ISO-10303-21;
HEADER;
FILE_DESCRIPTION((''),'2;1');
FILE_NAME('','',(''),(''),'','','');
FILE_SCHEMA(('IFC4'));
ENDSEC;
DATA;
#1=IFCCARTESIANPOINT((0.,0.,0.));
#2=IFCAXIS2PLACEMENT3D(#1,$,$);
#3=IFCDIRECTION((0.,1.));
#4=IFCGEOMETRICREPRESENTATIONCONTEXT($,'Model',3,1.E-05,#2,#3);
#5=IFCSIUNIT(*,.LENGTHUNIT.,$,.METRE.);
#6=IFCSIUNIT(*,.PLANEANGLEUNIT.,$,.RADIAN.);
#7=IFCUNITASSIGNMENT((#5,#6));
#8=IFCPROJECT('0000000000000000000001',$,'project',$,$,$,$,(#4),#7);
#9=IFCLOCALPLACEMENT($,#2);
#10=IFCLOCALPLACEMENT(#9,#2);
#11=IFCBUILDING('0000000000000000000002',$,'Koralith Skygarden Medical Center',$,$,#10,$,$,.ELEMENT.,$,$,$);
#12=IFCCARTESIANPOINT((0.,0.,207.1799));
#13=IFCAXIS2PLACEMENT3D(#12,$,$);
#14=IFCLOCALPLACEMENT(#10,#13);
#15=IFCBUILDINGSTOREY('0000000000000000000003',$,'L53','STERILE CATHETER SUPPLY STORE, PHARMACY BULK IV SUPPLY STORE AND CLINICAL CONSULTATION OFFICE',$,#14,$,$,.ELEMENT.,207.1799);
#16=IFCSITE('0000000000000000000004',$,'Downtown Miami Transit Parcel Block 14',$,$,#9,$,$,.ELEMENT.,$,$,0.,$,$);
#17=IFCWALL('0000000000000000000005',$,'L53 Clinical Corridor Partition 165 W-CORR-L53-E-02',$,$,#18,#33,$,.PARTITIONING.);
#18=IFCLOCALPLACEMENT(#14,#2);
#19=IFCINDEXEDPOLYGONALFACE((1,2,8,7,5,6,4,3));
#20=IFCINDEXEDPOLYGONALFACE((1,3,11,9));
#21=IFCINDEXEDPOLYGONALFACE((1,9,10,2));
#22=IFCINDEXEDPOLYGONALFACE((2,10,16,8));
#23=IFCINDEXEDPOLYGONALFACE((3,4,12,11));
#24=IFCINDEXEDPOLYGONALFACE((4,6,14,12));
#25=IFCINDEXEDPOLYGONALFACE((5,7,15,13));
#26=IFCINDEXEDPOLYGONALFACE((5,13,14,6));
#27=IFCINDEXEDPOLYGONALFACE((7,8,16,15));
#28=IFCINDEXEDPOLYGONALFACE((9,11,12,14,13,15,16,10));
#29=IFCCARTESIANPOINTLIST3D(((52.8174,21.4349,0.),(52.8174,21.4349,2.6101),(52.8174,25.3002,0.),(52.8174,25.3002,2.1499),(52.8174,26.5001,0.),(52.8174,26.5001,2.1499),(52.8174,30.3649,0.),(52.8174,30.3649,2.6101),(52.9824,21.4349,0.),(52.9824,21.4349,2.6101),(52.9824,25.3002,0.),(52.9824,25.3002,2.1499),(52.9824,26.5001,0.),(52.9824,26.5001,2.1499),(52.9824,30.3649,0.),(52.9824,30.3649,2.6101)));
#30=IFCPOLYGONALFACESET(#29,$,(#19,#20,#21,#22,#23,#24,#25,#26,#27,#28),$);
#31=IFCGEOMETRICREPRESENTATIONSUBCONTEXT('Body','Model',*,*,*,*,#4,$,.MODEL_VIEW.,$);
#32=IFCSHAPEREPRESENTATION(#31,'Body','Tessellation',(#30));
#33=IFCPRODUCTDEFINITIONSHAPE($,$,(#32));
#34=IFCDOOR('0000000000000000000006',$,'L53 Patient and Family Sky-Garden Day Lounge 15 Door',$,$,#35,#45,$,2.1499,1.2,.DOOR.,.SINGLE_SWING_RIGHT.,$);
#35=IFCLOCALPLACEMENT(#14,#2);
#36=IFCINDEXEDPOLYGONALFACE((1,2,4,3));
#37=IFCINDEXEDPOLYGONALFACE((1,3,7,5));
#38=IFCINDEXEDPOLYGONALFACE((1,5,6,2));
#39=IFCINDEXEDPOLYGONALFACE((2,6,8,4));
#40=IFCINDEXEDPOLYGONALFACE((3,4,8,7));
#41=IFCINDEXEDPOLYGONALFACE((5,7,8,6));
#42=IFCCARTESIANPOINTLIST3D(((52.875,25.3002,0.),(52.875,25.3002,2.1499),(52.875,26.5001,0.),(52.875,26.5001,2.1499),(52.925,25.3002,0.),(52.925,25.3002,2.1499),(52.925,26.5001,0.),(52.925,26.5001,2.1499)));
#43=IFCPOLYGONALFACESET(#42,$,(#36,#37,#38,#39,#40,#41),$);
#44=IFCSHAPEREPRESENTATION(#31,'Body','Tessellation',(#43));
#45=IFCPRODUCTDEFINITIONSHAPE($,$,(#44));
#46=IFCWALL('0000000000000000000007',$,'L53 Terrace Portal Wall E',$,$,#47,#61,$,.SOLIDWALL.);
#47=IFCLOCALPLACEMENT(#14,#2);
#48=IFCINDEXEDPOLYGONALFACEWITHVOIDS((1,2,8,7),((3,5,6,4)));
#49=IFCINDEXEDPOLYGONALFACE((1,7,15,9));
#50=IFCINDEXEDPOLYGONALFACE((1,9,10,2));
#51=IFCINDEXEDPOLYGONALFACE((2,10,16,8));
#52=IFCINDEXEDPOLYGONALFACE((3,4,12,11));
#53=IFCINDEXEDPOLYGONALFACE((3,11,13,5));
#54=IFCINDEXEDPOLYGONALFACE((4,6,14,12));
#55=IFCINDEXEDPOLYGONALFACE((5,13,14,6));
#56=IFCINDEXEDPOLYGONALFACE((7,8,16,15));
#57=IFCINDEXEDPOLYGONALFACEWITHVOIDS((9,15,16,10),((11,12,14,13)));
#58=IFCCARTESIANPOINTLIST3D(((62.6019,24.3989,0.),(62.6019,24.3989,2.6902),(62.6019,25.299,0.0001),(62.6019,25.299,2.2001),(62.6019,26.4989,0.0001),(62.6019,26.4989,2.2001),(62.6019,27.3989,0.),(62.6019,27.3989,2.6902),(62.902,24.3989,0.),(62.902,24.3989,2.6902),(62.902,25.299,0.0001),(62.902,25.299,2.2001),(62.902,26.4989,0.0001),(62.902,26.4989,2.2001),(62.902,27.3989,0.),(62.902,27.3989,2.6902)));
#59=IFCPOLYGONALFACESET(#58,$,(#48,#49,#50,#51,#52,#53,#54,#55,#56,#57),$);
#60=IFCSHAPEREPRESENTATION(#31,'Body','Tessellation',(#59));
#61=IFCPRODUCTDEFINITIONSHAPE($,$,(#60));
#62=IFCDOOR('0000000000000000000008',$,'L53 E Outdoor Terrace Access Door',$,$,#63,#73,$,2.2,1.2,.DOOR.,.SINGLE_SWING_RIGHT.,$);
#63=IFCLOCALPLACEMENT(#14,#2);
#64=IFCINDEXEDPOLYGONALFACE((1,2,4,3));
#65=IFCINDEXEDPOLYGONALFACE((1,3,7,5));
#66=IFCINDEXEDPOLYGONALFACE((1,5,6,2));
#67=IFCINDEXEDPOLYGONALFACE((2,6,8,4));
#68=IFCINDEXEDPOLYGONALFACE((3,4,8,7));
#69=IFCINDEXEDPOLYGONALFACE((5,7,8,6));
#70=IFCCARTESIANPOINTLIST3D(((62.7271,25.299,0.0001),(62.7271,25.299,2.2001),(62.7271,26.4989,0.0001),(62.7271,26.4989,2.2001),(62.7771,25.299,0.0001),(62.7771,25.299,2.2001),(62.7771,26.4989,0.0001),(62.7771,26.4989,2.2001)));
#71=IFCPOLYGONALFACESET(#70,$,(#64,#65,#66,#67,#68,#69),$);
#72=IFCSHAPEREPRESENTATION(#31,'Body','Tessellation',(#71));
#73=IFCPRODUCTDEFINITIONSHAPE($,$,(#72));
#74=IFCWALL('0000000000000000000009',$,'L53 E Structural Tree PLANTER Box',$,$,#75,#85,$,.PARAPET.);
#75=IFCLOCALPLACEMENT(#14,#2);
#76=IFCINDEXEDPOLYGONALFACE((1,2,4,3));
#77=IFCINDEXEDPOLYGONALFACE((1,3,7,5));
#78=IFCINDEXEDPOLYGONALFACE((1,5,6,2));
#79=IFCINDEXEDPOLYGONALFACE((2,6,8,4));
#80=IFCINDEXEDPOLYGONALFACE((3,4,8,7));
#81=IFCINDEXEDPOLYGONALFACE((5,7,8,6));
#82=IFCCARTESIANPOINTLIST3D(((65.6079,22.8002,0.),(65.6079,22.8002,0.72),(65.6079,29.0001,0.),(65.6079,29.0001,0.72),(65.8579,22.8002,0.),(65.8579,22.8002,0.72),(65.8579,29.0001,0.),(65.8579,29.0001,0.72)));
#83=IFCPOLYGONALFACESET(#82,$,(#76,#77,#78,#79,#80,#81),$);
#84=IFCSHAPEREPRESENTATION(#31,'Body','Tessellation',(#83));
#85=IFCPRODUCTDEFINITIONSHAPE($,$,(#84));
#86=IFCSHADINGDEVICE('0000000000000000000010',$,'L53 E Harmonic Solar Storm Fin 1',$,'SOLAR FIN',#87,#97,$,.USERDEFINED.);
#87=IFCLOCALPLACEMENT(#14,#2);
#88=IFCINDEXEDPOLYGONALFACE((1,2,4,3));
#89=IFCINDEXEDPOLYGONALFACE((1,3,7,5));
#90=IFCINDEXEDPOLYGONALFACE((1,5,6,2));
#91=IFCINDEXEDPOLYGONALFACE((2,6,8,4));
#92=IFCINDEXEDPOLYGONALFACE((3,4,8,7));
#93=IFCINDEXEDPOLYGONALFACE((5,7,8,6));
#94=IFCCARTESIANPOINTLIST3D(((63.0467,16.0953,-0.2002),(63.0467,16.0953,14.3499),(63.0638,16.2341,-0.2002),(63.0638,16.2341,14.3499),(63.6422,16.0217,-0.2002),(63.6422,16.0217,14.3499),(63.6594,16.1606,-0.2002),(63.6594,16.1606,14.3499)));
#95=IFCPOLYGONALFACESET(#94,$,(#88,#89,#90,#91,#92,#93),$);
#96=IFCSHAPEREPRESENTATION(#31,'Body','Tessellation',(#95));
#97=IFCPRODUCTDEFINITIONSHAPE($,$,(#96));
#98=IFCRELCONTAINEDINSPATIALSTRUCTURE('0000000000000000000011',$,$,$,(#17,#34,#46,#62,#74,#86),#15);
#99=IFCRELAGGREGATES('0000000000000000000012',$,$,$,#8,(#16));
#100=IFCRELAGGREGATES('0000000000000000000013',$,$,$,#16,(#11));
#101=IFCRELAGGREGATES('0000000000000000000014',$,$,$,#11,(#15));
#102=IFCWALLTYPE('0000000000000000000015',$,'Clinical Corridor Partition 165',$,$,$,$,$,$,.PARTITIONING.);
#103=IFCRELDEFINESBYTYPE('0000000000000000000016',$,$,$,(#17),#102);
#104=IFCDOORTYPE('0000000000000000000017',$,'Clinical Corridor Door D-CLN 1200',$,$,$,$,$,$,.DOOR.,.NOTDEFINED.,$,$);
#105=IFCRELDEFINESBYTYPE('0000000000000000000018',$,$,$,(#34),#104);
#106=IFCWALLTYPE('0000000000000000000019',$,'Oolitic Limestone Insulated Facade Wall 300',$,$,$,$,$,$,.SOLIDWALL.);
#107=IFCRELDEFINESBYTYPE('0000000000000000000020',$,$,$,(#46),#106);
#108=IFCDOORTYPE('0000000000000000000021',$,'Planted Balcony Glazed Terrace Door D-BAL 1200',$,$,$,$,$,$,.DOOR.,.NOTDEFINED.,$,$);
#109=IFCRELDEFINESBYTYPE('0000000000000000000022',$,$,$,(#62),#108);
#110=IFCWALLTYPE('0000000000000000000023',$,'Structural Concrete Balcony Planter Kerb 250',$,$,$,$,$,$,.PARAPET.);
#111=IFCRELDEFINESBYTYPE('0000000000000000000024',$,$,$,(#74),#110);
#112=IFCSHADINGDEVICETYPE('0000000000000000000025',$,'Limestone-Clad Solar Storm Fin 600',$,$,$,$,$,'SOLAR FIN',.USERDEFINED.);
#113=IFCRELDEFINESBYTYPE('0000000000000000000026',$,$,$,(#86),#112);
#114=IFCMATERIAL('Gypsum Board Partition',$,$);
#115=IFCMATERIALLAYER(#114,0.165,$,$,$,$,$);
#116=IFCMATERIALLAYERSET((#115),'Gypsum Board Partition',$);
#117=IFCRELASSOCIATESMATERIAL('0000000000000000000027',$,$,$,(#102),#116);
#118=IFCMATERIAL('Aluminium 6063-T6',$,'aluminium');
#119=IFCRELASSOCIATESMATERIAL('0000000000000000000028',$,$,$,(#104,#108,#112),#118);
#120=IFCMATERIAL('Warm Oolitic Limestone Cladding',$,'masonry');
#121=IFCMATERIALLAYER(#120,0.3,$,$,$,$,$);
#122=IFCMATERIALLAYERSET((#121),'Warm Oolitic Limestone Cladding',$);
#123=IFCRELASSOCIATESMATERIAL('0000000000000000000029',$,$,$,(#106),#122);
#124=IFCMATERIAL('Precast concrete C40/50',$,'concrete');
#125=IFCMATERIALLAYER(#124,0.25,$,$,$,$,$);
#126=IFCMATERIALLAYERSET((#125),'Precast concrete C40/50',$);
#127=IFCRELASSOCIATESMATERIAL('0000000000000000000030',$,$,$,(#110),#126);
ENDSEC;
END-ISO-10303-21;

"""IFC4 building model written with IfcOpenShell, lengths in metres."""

from ifc_helpers import new_model, si_unit, direction, frame, frame_2d, origin, origin_2d, place, context, subcontext, project, spatial, rectangle, extrude, material, layer, layer_set, type_object, element, fill, save


model = new_model("IFC4")

# Units and contexts
model_context = context("Model", 3, precision=1e-05, world=origin(), true_north=direction((0.0, 1.0)))
body_context = subcontext(model_context, "Body", "Model", "MODEL_VIEW")
ifc_project = project(units=[si_unit("LENGTHUNIT", "METRE"), si_unit("PLANEANGLEUNIT", "RADIAN")], contexts=[model_context])

# Site, building, storey
site_placement = place(None, origin())
site = spatial("IfcSite", under=ifc_project, at=site_placement, Name="Downtown Miami Transit Parcel Block 14", CompositionType="ELEMENT", RefElevation=0.0)
building_placement = place(site_placement, origin())
building = spatial("IfcBuilding", under=site, at=building_placement, Name="Koralith Skygarden Medical Center", CompositionType="ELEMENT")
storey_placement = place(building_placement, frame((0.0, 0.0, 207.1799)))
storey = spatial("IfcBuildingStorey", under=building, at=storey_placement, Name="L53", Description="STERILE CATHETER SUPPLY STORE, PHARMACY BULK IV SUPPLY STORE AND CLINICAL CONSULTATION OFFICE", CompositionType="ELEMENT", Elevation=207.1799)

# Shared definitions
ifc_material_1 = material(Name="Aluminium 6063-T6", Category="aluminium")

# Walls, openings, doors
ifc_material_2 = material(Name="Gypsum Board Partition")
ifc_layer_1 = layer(ifc_material_2, 0.165)
ifc_layer_set_1 = layer_set([ifc_layer_1], Name="Gypsum Board Partition")
wall_type_1 = type_object("IfcWallType", Name="Clinical Corridor Partition 165", PredefinedType="PARTITIONING", material=ifc_layer_set_1)
wall_1_placement = place(storey_placement, frame((52.8999, 21.4351, 0.0), z_axis=(0.0, 0.0, 1.0), x_axis=(0.0, 1.0, 0.0)))
wall_1 = element("IfcWall", 1, at=wall_1_placement, inside=storey, type_object=wall_type_1, Name="L53 Clinical Corridor Partition 165 W-CORR-L53-E-02", PredefinedType="PARTITIONING", context=body_context, shape_type="SweptSolid", body=[
    extrude(rectangle(XDim=8.9299, YDim=0.165, at=frame_2d((4.4648, 0.0))), origin(), (0.0, 0.0, 1.0), 2.6101),
])
opening_1_placement = place(wall_1_placement, frame((3.865, 0.0, 0.0)))
opening_1 = element("IfcOpeningElement", 2, at=opening_1_placement, cuts=wall_1, PredefinedType="OPENING", context=body_context, shape_type="SweptSolid", body=[
    extrude(rectangle(XDim=1.2, YDim=2.1499, at=frame_2d((0.6001, 1.075))), frame((0.0, 0.0925, 0.0), z_axis=(0.0, -1.0, 0.0), x_axis=(1.0, 0.0, 0.0)), (0.0, 0.0, 1.0), 0.1851),
])
door_type_1 = type_object("IfcDoorType", Name="Clinical Corridor Door D-CLN 1200", OperationType="NOTDEFINED", PredefinedType="DOOR", material=ifc_material_1)
door_1_placement = place(opening_1_placement, origin())
door_1 = element("IfcDoor", 3, at=door_1_placement, inside=storey, type_object=door_type_1, Name="L53 Patient and Family Sky-Garden Day Lounge 15 Door", OperationType="SINGLE_SWING_RIGHT", OverallHeight=2.1499, OverallWidth=1.2, PredefinedType="DOOR", context=body_context, shape_type="SweptSolid", body=[
    extrude(rectangle(XDim=1.2, YDim=2.1499, at=frame_2d((0.6001, 1.075))), frame((0.0, 0.0249, 0.0), z_axis=(0.0, -1.0, 0.0), x_axis=(1.0, 0.0, 0.0)), (0.0, 0.0, 1.0), 0.05),
])
fill(opening_1, door_1)
ifc_material_3 = material(Name="Warm Oolitic Limestone Cladding", Category="masonry")
ifc_layer_2 = layer(ifc_material_3, 0.3)
ifc_layer_set_2 = layer_set([ifc_layer_2], Name="Warm Oolitic Limestone Cladding")
wall_type_2 = type_object("IfcWallType", Name="Oolitic Limestone Insulated Facade Wall 300", PredefinedType="SOLIDWALL", material=ifc_layer_set_2)
wall_2_placement = place(storey_placement, frame((62.752, 24.3989, 0.0), z_axis=(0.0, 0.0, 1.0), x_axis=(0.0, 1.0, 0.0)))
wall_2 = element("IfcWall", 4, at=wall_2_placement, inside=storey, type_object=wall_type_2, Name="L53 Terrace Portal Wall E", PredefinedType="SOLIDWALL", context=body_context, shape_type="SweptSolid", body=[
    extrude(rectangle(XDim=3.0, YDim=0.3, at=frame_2d((1.5, 0.0))), origin(), (0.0, 0.0, 1.0), 2.6902),
])
opening_2_placement = place(wall_2_placement, frame((0.8999, 0.0, 0.0)))
opening_2 = element("IfcOpeningElement", 5, at=opening_2_placement, cuts=wall_2, PredefinedType="OPENING", context=body_context, shape_type="SweptSolid", body=[
    extrude(rectangle(XDim=1.2, YDim=2.2, at=frame_2d((0.6001, 1.1001))), frame((0.0, 0.1599, 0.0), z_axis=(0.0, -1.0, 0.0), x_axis=(1.0, 0.0, 0.0)), (0.0, 0.0, 1.0), 0.3201),
])
door_type_2 = type_object("IfcDoorType", Name="Planted Balcony Glazed Terrace Door D-BAL 1200", OperationType="NOTDEFINED", PredefinedType="DOOR", material=ifc_material_1)
door_2_placement = place(opening_2_placement, origin())
door_2 = element("IfcDoor", 6, at=door_2_placement, inside=storey, type_object=door_type_2, Name="L53 E Outdoor Terrace Access Door", OperationType="SINGLE_SWING_RIGHT", OverallHeight=2.2, OverallWidth=1.2, PredefinedType="DOOR", context=body_context, shape_type="SweptSolid", body=[
    extrude(rectangle(XDim=1.2, YDim=2.2, at=frame_2d((0.6001, 1.1001))), frame((0.0, 0.0249, 0.0), z_axis=(0.0, -1.0, 0.0), x_axis=(1.0, 0.0, 0.0)), (0.0, 0.0, 1.0), 0.05),
])
fill(opening_2, door_2)

# Wall
ifc_material_4 = material(Name="Precast concrete C40/50", Category="concrete")
ifc_layer_3 = layer(ifc_material_4, 0.25)
ifc_layer_set_3 = layer_set([ifc_layer_3], Name="Precast concrete C40/50")
wall_type_3 = type_object("IfcWallType", Name="Structural Concrete Balcony Planter Kerb 250", PredefinedType="PARAPET", material=ifc_layer_set_3)
wall_3_placement = place(storey_placement, frame((65.7329, 22.8, 0.0), z_axis=(0.0, 0.0, 1.0), x_axis=(0.0, 1.0, 0.0)))
element("IfcWall", 7, at=wall_3_placement, inside=storey, type_object=wall_type_3, Name="L53 E Structural Tree PLANTER Box", PredefinedType="PARAPET", context=body_context, shape_type="SweptSolid", body=[
    extrude(rectangle(XDim=6.2, YDim=0.25, at=frame_2d((3.1001, 0.0))), origin(), (0.0, 0.0, 1.0), 0.72),
])

# Shading device
shading_device_type_1 = type_object("IfcShadingDeviceType", Name="Limestone-Clad Solar Storm Fin 600", ElementType="SOLAR FIN", PredefinedType="USERDEFINED", material=ifc_material_1)
shading_device_1_placement = place(storey_placement, frame((63.353, 16.1279, -0.2002), z_axis=(0.0, 0.0, 1.0), x_axis=(0.992454, -0.122614, 0.0)))
element("IfcShadingDevice", 8, at=shading_device_1_placement, inside=storey, type_object=shading_device_type_1, Name="L53 E Harmonic Solar Storm Fin 1", ObjectType="SOLAR FIN", PredefinedType="USERDEFINED", context=body_context, shape_type="SweptSolid", body=[
    extrude(rectangle(XDim=0.6001, YDim=0.1399, at=origin_2d()), origin(), (0.0, 0.0, 1.0), 14.55),
])

save(model, "model.ifc")
